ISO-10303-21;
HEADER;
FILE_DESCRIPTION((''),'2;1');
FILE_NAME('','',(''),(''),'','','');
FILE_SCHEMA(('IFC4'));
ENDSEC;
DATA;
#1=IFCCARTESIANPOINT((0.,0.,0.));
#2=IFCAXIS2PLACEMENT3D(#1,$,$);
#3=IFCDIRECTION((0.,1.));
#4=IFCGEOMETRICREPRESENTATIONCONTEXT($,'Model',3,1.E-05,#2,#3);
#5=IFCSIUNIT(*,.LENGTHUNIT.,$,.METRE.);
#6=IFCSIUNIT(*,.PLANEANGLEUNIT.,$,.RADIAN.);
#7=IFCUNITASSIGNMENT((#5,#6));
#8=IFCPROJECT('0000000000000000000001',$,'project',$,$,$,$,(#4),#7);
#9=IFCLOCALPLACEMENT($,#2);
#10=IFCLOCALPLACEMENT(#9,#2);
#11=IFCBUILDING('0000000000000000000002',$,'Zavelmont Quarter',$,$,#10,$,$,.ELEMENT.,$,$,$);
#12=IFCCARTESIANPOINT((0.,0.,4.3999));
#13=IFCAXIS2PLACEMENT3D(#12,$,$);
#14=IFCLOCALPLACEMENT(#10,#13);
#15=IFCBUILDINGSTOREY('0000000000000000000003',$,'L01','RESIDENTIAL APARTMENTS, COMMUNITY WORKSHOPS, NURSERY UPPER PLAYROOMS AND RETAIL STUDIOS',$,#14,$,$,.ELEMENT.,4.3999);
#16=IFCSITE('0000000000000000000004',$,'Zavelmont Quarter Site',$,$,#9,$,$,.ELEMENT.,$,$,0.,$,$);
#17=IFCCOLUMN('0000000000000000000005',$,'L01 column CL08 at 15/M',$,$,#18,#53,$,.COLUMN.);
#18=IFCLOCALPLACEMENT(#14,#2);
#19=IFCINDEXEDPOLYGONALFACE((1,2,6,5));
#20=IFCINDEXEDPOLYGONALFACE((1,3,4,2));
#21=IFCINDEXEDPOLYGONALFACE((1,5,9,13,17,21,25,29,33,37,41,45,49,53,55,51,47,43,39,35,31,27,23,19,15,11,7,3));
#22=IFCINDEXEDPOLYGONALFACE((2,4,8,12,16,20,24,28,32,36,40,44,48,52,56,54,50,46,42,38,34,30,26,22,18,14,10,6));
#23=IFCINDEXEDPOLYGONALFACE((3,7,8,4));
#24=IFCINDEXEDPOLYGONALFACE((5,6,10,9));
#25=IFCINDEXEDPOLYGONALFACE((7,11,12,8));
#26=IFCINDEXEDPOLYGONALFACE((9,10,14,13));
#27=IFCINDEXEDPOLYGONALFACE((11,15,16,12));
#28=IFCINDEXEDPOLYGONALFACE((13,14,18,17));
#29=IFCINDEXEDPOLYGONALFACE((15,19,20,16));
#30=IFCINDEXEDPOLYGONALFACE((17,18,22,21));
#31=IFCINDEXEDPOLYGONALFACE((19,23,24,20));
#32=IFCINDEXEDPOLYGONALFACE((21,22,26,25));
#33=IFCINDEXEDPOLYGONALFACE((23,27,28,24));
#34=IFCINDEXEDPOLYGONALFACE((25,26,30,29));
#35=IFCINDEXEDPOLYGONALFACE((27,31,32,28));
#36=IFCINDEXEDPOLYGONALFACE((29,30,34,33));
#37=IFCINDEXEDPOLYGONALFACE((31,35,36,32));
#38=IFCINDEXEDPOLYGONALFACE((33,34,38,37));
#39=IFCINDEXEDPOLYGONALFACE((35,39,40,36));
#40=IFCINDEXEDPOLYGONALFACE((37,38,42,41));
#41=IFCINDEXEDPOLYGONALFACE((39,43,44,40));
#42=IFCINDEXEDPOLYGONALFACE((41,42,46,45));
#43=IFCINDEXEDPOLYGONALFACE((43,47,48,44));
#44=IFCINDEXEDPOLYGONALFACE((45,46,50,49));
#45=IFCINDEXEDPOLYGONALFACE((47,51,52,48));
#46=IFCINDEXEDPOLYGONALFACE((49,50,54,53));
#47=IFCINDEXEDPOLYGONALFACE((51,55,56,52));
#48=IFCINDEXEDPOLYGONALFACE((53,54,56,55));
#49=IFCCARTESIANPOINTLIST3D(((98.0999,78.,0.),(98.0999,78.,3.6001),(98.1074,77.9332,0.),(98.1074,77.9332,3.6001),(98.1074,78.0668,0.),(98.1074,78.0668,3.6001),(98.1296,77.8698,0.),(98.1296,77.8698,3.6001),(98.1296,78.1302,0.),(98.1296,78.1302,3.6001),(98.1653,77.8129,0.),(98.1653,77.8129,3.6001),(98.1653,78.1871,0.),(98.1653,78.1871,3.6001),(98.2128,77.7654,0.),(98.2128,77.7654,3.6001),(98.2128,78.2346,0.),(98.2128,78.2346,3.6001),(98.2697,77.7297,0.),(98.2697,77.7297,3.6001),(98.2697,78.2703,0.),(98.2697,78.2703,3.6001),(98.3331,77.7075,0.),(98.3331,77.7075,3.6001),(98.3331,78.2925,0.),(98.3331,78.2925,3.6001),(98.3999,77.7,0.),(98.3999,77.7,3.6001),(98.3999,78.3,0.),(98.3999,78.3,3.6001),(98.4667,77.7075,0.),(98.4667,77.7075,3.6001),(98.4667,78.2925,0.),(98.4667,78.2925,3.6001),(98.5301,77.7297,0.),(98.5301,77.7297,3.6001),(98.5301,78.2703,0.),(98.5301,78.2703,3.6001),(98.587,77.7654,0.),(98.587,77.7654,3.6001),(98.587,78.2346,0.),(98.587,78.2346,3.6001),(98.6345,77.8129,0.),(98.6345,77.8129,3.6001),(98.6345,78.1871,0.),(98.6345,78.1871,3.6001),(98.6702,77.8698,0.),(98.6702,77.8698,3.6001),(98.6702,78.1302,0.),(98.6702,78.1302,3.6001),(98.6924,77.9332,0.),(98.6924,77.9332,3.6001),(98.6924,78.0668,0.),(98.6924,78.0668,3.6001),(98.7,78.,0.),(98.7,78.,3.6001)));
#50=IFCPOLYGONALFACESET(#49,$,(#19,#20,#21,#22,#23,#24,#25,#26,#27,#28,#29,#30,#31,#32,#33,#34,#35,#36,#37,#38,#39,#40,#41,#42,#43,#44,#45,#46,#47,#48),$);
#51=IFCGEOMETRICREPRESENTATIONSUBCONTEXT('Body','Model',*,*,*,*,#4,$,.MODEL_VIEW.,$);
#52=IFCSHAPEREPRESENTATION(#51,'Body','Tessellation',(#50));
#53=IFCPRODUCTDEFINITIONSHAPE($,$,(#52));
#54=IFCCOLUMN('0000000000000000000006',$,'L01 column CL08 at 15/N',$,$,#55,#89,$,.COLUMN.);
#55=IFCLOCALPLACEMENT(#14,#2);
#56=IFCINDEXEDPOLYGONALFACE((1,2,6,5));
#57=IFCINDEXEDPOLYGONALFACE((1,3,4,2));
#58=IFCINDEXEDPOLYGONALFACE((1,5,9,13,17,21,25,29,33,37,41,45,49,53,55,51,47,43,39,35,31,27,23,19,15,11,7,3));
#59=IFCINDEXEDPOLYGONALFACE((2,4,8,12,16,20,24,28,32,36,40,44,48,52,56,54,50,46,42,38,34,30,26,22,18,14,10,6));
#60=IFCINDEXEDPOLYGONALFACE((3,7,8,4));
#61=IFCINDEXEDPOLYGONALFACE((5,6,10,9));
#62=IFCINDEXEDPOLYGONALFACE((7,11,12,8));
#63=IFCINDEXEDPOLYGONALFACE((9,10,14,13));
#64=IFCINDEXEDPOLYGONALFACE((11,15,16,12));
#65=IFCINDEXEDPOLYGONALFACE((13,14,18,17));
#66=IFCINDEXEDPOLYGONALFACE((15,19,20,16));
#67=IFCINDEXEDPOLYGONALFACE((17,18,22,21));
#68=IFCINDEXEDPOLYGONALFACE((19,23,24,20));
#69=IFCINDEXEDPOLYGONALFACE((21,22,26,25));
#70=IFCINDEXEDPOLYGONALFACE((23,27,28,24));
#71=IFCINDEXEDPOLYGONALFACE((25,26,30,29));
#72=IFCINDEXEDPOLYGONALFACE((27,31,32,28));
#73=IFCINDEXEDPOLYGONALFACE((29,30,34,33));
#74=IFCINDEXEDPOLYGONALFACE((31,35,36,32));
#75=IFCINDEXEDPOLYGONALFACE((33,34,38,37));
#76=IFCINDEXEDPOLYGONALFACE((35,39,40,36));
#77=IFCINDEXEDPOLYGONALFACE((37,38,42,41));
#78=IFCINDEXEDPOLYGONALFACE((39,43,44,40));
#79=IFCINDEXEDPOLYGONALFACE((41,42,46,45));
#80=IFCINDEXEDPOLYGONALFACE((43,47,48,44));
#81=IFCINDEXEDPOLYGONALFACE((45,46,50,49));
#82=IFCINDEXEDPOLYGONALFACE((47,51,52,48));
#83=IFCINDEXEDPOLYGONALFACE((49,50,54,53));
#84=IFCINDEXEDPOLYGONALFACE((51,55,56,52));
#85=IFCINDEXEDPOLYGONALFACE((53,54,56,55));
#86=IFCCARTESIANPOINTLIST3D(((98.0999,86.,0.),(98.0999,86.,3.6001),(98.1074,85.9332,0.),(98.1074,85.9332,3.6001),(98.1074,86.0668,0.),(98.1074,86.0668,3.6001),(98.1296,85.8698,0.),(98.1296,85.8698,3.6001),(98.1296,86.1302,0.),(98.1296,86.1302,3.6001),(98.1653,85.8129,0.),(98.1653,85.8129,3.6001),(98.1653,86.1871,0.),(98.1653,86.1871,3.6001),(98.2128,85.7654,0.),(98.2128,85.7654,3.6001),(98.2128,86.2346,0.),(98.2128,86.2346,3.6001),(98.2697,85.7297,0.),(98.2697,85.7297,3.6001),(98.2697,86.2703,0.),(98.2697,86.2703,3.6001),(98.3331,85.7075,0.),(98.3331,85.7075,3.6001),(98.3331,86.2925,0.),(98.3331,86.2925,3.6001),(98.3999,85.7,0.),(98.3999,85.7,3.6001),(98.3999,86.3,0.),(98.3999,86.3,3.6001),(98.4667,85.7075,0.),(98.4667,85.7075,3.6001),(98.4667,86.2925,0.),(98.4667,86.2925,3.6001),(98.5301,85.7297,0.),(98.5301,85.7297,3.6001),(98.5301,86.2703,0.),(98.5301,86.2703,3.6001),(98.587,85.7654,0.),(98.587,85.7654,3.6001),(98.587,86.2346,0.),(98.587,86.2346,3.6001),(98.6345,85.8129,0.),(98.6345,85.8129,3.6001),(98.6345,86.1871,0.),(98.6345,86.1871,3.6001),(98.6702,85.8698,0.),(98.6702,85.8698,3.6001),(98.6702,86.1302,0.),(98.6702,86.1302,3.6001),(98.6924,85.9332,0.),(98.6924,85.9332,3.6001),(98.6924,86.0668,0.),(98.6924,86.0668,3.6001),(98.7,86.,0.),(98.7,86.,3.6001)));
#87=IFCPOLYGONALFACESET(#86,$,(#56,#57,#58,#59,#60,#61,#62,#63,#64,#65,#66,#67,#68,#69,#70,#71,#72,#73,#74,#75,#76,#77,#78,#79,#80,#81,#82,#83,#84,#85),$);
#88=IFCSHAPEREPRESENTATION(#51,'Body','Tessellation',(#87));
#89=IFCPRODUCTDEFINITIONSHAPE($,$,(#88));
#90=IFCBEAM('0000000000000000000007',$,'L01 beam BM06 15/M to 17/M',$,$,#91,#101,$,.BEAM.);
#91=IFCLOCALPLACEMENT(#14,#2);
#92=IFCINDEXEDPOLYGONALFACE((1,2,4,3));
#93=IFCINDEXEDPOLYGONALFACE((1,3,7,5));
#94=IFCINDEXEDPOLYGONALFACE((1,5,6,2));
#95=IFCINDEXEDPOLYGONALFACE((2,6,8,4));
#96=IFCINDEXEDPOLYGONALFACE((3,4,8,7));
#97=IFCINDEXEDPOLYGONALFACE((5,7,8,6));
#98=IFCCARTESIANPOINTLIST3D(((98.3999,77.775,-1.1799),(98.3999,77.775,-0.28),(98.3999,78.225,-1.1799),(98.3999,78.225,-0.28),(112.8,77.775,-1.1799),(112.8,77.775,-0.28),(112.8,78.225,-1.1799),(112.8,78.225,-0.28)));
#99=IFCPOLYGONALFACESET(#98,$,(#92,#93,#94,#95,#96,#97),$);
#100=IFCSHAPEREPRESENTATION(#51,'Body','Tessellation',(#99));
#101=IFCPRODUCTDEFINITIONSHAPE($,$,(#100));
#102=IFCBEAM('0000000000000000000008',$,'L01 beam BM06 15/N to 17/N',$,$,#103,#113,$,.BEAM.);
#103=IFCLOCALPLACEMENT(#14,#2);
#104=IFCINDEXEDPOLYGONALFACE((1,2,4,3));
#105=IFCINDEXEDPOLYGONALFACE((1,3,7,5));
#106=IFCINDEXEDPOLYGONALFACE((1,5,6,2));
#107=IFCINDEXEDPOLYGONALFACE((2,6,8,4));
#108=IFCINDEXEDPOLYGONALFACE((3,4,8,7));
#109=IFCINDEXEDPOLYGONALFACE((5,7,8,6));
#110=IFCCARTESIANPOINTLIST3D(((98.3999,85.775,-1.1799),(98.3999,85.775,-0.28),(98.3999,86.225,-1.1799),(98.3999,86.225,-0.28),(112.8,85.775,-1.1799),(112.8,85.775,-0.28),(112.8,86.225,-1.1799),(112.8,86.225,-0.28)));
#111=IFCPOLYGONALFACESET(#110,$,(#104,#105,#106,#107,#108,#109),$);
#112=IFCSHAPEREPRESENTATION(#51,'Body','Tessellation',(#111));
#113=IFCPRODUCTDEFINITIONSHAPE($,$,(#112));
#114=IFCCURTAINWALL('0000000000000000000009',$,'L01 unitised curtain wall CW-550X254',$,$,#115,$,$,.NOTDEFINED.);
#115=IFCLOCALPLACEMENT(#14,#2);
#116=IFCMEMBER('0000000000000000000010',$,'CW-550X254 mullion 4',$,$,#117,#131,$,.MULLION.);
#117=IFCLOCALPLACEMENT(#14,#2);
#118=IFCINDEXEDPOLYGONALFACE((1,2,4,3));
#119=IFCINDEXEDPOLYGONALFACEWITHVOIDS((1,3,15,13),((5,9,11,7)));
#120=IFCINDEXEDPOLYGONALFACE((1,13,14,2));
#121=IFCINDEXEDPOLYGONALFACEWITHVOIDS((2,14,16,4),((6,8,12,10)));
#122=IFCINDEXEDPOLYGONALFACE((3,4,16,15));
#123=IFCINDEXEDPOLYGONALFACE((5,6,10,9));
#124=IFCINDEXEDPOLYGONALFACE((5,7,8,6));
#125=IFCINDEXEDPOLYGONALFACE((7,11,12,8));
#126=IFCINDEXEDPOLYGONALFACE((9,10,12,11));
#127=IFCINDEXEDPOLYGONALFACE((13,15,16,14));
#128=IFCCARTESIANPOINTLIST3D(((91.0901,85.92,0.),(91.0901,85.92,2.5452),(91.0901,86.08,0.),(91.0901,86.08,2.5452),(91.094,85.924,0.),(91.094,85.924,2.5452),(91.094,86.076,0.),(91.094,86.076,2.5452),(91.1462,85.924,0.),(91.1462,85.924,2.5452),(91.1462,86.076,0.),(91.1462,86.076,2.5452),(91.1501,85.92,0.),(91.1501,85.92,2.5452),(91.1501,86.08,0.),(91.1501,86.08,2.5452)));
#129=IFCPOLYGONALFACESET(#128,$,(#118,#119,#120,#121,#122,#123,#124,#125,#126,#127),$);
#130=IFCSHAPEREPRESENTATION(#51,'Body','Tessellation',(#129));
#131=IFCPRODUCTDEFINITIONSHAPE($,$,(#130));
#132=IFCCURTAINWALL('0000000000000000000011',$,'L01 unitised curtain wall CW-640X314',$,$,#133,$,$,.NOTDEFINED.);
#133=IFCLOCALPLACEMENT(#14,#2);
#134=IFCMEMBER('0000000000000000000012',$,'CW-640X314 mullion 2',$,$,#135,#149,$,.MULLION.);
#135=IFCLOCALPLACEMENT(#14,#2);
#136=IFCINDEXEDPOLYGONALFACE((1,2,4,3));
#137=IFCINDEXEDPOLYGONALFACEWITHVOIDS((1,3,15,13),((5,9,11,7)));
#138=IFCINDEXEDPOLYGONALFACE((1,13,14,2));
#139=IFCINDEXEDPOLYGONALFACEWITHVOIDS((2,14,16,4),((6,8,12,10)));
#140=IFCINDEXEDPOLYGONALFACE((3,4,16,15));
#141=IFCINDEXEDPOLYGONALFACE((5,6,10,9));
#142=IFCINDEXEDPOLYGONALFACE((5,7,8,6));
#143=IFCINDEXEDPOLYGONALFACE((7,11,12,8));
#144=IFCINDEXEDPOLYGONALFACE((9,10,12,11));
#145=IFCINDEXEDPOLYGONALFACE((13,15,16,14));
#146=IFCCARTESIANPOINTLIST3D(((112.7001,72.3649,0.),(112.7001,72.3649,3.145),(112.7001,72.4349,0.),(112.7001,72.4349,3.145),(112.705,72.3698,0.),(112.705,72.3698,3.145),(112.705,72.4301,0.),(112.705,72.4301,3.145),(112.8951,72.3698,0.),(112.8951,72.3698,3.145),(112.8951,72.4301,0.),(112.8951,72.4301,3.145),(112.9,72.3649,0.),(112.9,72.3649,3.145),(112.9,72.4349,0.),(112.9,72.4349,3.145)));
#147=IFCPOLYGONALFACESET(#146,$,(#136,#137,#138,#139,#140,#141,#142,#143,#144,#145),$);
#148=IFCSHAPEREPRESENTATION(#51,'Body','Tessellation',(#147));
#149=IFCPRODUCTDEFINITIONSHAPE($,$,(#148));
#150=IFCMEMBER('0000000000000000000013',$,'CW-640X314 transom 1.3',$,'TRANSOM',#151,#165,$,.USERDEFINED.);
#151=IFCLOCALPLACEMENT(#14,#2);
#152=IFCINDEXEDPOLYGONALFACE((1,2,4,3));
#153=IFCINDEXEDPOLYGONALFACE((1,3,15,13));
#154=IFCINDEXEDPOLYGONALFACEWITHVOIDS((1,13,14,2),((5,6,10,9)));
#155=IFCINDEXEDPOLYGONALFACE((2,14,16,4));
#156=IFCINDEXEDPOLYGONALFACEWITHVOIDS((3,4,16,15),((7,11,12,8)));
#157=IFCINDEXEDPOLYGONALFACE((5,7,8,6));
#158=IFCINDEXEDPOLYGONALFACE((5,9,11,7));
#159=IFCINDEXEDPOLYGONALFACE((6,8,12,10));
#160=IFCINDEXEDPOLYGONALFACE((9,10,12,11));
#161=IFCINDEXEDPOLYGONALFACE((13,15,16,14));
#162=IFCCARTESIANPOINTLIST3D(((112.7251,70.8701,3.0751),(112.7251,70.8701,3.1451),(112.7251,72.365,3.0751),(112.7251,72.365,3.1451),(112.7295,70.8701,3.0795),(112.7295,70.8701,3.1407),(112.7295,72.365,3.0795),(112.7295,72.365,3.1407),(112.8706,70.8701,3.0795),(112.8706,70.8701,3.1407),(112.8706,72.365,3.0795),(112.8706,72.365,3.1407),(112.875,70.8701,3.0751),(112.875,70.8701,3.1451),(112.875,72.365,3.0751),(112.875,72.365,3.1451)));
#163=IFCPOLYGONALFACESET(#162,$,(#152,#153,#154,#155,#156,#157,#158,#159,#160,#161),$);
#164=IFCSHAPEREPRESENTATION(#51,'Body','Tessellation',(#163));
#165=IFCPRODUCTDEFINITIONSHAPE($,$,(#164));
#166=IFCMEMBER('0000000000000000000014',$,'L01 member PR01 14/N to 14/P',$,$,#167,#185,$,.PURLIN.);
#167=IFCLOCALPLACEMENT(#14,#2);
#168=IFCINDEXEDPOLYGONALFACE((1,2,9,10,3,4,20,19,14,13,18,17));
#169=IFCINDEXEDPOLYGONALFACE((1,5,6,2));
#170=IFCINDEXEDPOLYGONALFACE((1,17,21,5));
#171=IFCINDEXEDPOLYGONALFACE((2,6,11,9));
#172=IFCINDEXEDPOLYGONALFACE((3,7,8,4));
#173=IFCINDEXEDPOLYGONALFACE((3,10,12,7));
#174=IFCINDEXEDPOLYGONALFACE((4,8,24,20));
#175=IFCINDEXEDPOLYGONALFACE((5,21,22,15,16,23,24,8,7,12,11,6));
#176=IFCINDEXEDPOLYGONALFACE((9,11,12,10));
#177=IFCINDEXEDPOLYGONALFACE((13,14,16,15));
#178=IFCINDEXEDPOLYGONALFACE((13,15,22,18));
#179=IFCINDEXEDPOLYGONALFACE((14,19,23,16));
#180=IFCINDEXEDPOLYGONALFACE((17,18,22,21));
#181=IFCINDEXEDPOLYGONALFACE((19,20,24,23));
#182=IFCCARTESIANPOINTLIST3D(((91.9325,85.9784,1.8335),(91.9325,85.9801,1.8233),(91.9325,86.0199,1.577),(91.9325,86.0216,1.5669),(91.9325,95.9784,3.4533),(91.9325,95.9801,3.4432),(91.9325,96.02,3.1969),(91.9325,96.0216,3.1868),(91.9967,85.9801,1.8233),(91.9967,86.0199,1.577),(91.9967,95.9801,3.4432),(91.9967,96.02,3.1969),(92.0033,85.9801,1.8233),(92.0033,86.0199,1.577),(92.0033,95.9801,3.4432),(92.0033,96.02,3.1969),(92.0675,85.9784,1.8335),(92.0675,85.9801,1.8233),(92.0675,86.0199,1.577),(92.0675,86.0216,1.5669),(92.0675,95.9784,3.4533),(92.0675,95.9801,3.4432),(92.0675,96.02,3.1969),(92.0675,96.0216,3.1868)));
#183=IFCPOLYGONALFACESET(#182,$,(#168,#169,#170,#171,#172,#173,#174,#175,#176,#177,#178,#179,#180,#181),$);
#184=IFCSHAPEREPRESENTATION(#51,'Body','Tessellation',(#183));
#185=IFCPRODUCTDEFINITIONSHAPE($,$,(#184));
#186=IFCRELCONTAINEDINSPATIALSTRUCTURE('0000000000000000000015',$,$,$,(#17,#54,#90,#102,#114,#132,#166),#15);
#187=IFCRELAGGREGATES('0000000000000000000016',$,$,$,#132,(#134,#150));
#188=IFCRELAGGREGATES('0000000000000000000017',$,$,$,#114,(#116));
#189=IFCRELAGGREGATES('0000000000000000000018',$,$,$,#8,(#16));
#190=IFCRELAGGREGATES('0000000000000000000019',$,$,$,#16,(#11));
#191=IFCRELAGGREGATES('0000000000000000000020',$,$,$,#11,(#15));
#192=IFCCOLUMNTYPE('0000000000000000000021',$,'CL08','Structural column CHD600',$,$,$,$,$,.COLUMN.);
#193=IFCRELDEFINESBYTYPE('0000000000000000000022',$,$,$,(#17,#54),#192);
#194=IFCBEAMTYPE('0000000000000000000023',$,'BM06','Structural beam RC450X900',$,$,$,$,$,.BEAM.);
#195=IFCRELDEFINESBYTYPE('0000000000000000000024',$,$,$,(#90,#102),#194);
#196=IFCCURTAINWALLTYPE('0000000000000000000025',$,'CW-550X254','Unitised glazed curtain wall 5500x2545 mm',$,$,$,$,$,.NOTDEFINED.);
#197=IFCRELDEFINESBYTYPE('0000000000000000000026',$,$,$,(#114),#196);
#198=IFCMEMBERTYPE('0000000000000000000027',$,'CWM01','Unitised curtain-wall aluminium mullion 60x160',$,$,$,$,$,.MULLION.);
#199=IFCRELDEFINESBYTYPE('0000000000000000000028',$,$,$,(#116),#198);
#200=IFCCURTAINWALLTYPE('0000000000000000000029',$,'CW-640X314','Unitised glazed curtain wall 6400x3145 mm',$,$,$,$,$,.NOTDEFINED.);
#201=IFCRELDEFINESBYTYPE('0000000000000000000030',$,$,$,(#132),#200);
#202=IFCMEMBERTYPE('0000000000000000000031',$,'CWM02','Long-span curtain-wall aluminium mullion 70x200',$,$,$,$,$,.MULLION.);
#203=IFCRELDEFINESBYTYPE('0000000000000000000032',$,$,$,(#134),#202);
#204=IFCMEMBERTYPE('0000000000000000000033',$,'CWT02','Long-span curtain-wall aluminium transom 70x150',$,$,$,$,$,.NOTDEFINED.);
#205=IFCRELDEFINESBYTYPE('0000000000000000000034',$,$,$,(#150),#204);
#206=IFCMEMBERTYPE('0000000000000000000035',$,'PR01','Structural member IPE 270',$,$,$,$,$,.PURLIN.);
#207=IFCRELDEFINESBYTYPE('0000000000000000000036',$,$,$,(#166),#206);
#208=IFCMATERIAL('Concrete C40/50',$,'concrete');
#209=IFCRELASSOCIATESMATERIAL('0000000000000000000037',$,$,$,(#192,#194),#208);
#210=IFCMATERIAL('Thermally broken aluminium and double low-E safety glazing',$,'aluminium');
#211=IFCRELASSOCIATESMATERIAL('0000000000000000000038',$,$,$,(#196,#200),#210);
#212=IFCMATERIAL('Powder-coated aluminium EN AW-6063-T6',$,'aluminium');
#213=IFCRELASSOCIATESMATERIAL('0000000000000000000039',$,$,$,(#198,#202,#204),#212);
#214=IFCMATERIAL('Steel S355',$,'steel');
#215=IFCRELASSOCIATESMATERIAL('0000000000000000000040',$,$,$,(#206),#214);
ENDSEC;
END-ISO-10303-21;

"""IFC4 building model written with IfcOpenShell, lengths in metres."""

from ifc_helpers import new_model, si_unit, direction, frame, origin, origin_2d, place, context, subcontext, project, spatial, rectangle, hollow_rectangle, circle, i_section, extrude, material, material_profile, profile_set, type_object, element, aggregate, save


model = new_model("IFC4")

# Units and contexts
model_context = context("Model", 3, precision=1e-05, world=origin(), true_north=direction((0.0, 1.0)))
body_context = subcontext(model_context, "Body", "Model", "MODEL_VIEW")
ifc_project = project(units=[si_unit("LENGTHUNIT", "METRE"), si_unit("PLANEANGLEUNIT", "RADIAN")], contexts=[model_context])

# Site, building, storey
site_placement = place(None, origin())
site = spatial("IfcSite", under=ifc_project, at=site_placement, Name="Zavelmont Quarter Site", CompositionType="ELEMENT", RefElevation=0.0)
building_placement = place(site_placement, origin())
building = spatial("IfcBuilding", under=site, at=building_placement, Name="Zavelmont Quarter", CompositionType="ELEMENT")
storey_placement = place(building_placement, frame((0.0, 0.0, 4.3999)))
storey = spatial("IfcBuildingStorey", under=building, at=storey_placement, Name="L01", Description="RESIDENTIAL APARTMENTS, COMMUNITY WORKSHOPS, NURSERY UPPER PLAYROOMS AND RETAIL STUDIOS", CompositionType="ELEMENT", Elevation=4.3999)

# Columns
ifc_material_1 = material(Name="Concrete C40/50", Category="concrete")
ifc_material_profile_1 = material_profile(ifc_material_1, circle(Radius=0.3, at=origin_2d()), Name="CHD600")
ifc_profile_set_1 = profile_set([ifc_material_profile_1], Name="Concrete C40/50")
column_type = type_object("IfcColumnType", Name="CL08", Description="Structural column CHD600", PredefinedType="COLUMN", material=ifc_profile_set_1)
for number, where, z_axis, x_axis, name in (
    (1, (98.3999, 78.0, 0.0), (0.0, 0.0, 1.0), (1.0, 0.0, 0.0), "L01 column CL08 at 15/M"),
    (2, (98.3999, 86.0, 0.0), (0.0, 0.0, 1.0), (1.0, 0.0, 0.0), "L01 column CL08 at 15/N"),
):
    element("IfcColumn", number, at=place(storey_placement, frame(where, z_axis=z_axis, x_axis=x_axis)), inside=storey, type_object=column_type, Name=name, PredefinedType="COLUMN", context=body_context, shape_type="SweptSolid", body=[
        extrude(circle(Radius=0.3, at=origin_2d()), origin(), (0.0, 0.0, 1.0), 3.6001),
    ])

# Beams
ifc_material_profile_2 = material_profile(ifc_material_1, rectangle(XDim=0.45, YDim=0.8999, at=origin_2d()), Name="RC450X900")
ifc_profile_set_2 = profile_set([ifc_material_profile_2], Name="Concrete C40/50")
beam_type = type_object("IfcBeamType", Name="BM06", Description="Structural beam RC450X900", PredefinedType="BEAM", material=ifc_profile_set_2)
for number, where, z_axis, x_axis, name in (
    (3, (98.3999, 78.0, -0.73), (1.0, 0.0, 0.0), (0.0, 1.0, 0.0), "L01 beam BM06 15/M to 17/M"),
    (4, (98.3999, 86.0, -0.73), (1.0, 0.0, 0.0), (0.0, 1.0, 0.0), "L01 beam BM06 15/N to 17/N"),
):
    element("IfcBeam", number, at=place(storey_placement, frame(where, z_axis=z_axis, x_axis=x_axis)), inside=storey, type_object=beam_type, Name=name, PredefinedType="BEAM", context=body_context, shape_type="SweptSolid", body=[
        extrude(rectangle(XDim=0.45, YDim=0.8999, at=origin_2d()), origin(), (0.0, 0.0, 1.0), 14.4001),
    ])

# Curtain wall, member
ifc_material_2 = material(Name="Thermally broken aluminium and double low-E safety glazing", Category="aluminium")
curtain_wall_type_1 = type_object("IfcCurtainWallType", Name="CW-550X254", Description="Unitised glazed curtain wall 5500x2545 mm", PredefinedType="NOTDEFINED", material=ifc_material_2)
curtain_wall_1_placement = place(storey_placement, origin())
curtain_wall_1 = element("IfcCurtainWall", 5, at=curtain_wall_1_placement, inside=storey, type_object=curtain_wall_type_1, Name="L01 unitised curtain wall CW-550X254", PredefinedType="NOTDEFINED")
ifc_material_3 = material(Name="Powder-coated aluminium EN AW-6063-T6", Category="aluminium")
ifc_material_profile_3 = material_profile(ifc_material_3, hollow_rectangle(XDim=0.0601, YDim=0.1599, WallThickness=0.0039, at=origin_2d()), Name="CWM60X160")
ifc_profile_set_3 = profile_set([ifc_material_profile_3], Name="Powder-coated aluminium EN AW-6063-T6")
member_type_1 = type_object("IfcMemberType", Name="CWM01", Description="Unitised curtain-wall aluminium mullion 60x160", PredefinedType="MULLION", material=ifc_profile_set_3)
member_1_placement = place(storey_placement, frame((91.1201, 86.0, 0.0), z_axis=(0.0, 0.0, 1.0), x_axis=(1.0, 0.0, 0.0)))
member_1 = element("IfcMember", 6, at=member_1_placement, type_object=member_type_1, Name="CW-550X254 mullion 4", PredefinedType="MULLION", context=body_context, shape_type="SweptSolid", body=[
    extrude(hollow_rectangle(XDim=0.0601, YDim=0.1599, WallThickness=0.0039, at=origin_2d()), origin(), (0.0, 0.0, 1.0), 2.5452),
])

# Curtain wall, members
curtain_wall_type_2 = type_object("IfcCurtainWallType", Name="CW-640X314", Description="Unitised glazed curtain wall 6400x3145 mm", PredefinedType="NOTDEFINED", material=ifc_material_2)
curtain_wall_2_placement = place(storey_placement, origin())
curtain_wall_2 = element("IfcCurtainWall", 7, at=curtain_wall_2_placement, inside=storey, type_object=curtain_wall_type_2, Name="L01 unitised curtain wall CW-640X314", PredefinedType="NOTDEFINED")
ifc_material_profile_4 = material_profile(ifc_material_3, hollow_rectangle(XDim=0.0701, YDim=0.2, WallThickness=0.0049, at=origin_2d()), Name="CWM70X200")
ifc_profile_set_4 = profile_set([ifc_material_profile_4], Name="Powder-coated aluminium EN AW-6063-T6")
member_type_2 = type_object("IfcMemberType", Name="CWM02", Description="Long-span curtain-wall aluminium mullion 70x200", PredefinedType="MULLION", material=ifc_profile_set_4)
member_2_placement = place(storey_placement, frame((112.8, 72.3999, 0.0), z_axis=(0.0, 0.0, 1.0), x_axis=(0.0, 1.0, 0.0)))
member_2 = element("IfcMember", 8, at=member_2_placement, type_object=member_type_2, Name="CW-640X314 mullion 2", PredefinedType="MULLION", context=body_context, shape_type="SweptSolid", body=[
    extrude(hollow_rectangle(XDim=0.0701, YDim=0.2, WallThickness=0.0049, at=origin_2d()), origin(), (0.0, 0.0, 1.0), 3.145),
])
ifc_material_profile_5 = material_profile(ifc_material_3, hollow_rectangle(XDim=0.1499, YDim=0.0701, WallThickness=0.0044, at=origin_2d()), Name="CWT70X150")
ifc_profile_set_5 = profile_set([ifc_material_profile_5], Name="Powder-coated aluminium EN AW-6063-T6")
member_type_3 = type_object("IfcMemberType", Name="CWT02", Description="Long-span curtain-wall aluminium transom 70x150", PredefinedType="NOTDEFINED", material=ifc_profile_set_5)
member_3_placement = place(storey_placement, frame((112.8, 70.8701, 3.1101), z_axis=(0.0, 1.0, 0.0), x_axis=(-1.0, 0.0, 0.0)))
member_3 = element("IfcMember", 9, at=member_3_placement, type_object=member_type_3, Name="CW-640X314 transom 1.3", ObjectType="TRANSOM", PredefinedType="USERDEFINED", context=body_context, shape_type="SweptSolid", body=[
    extrude(hollow_rectangle(XDim=0.1499, YDim=0.0701, WallThickness=0.0044, at=origin_2d()), origin(), (0.0, 0.0, 1.0), 1.4949),
])

# Member
ifc_material_4 = material(Name="Steel S355", Category="steel")
ifc_material_profile_6 = material_profile(ifc_material_4, i_section(OverallWidth=0.135, OverallDepth=0.27, WebThickness=0.0066, FlangeThickness=0.0103, at=origin_2d()), Name="IPE 270")
ifc_profile_set_6 = profile_set([ifc_material_profile_6], Name="Steel S355")
member_type_4 = type_object("IfcMemberType", Name="PR01", Description="Structural member IPE 270", PredefinedType="PURLIN", material=ifc_profile_set_6)
for number, where, z_axis, x_axis, name in (
    (10, (92.0, 86.0, 1.7002), (0.0, 0.987133, 0.159903), (-1.0, 0.0, 0.0), "L01 member PR01 14/N to 14/P"),
):
    element("IfcMember", number, at=place(storey_placement, frame(where, z_axis=z_axis, x_axis=x_axis)), inside=storey, type_object=member_type_4, Name=name, PredefinedType="PURLIN", context=body_context, shape_type="SweptSolid", body=[
        extrude(i_section(OverallWidth=0.135, OverallDepth=0.27, WebThickness=0.0066, FlangeThickness=0.0103, at=origin_2d()), origin(), (0.0, 0.0, 1.0), 10.1304),
    ])

aggregate(curtain_wall_2, [member_2, member_3])
aggregate(curtain_wall_1, [member_1])

save(model, "model.ifc")
